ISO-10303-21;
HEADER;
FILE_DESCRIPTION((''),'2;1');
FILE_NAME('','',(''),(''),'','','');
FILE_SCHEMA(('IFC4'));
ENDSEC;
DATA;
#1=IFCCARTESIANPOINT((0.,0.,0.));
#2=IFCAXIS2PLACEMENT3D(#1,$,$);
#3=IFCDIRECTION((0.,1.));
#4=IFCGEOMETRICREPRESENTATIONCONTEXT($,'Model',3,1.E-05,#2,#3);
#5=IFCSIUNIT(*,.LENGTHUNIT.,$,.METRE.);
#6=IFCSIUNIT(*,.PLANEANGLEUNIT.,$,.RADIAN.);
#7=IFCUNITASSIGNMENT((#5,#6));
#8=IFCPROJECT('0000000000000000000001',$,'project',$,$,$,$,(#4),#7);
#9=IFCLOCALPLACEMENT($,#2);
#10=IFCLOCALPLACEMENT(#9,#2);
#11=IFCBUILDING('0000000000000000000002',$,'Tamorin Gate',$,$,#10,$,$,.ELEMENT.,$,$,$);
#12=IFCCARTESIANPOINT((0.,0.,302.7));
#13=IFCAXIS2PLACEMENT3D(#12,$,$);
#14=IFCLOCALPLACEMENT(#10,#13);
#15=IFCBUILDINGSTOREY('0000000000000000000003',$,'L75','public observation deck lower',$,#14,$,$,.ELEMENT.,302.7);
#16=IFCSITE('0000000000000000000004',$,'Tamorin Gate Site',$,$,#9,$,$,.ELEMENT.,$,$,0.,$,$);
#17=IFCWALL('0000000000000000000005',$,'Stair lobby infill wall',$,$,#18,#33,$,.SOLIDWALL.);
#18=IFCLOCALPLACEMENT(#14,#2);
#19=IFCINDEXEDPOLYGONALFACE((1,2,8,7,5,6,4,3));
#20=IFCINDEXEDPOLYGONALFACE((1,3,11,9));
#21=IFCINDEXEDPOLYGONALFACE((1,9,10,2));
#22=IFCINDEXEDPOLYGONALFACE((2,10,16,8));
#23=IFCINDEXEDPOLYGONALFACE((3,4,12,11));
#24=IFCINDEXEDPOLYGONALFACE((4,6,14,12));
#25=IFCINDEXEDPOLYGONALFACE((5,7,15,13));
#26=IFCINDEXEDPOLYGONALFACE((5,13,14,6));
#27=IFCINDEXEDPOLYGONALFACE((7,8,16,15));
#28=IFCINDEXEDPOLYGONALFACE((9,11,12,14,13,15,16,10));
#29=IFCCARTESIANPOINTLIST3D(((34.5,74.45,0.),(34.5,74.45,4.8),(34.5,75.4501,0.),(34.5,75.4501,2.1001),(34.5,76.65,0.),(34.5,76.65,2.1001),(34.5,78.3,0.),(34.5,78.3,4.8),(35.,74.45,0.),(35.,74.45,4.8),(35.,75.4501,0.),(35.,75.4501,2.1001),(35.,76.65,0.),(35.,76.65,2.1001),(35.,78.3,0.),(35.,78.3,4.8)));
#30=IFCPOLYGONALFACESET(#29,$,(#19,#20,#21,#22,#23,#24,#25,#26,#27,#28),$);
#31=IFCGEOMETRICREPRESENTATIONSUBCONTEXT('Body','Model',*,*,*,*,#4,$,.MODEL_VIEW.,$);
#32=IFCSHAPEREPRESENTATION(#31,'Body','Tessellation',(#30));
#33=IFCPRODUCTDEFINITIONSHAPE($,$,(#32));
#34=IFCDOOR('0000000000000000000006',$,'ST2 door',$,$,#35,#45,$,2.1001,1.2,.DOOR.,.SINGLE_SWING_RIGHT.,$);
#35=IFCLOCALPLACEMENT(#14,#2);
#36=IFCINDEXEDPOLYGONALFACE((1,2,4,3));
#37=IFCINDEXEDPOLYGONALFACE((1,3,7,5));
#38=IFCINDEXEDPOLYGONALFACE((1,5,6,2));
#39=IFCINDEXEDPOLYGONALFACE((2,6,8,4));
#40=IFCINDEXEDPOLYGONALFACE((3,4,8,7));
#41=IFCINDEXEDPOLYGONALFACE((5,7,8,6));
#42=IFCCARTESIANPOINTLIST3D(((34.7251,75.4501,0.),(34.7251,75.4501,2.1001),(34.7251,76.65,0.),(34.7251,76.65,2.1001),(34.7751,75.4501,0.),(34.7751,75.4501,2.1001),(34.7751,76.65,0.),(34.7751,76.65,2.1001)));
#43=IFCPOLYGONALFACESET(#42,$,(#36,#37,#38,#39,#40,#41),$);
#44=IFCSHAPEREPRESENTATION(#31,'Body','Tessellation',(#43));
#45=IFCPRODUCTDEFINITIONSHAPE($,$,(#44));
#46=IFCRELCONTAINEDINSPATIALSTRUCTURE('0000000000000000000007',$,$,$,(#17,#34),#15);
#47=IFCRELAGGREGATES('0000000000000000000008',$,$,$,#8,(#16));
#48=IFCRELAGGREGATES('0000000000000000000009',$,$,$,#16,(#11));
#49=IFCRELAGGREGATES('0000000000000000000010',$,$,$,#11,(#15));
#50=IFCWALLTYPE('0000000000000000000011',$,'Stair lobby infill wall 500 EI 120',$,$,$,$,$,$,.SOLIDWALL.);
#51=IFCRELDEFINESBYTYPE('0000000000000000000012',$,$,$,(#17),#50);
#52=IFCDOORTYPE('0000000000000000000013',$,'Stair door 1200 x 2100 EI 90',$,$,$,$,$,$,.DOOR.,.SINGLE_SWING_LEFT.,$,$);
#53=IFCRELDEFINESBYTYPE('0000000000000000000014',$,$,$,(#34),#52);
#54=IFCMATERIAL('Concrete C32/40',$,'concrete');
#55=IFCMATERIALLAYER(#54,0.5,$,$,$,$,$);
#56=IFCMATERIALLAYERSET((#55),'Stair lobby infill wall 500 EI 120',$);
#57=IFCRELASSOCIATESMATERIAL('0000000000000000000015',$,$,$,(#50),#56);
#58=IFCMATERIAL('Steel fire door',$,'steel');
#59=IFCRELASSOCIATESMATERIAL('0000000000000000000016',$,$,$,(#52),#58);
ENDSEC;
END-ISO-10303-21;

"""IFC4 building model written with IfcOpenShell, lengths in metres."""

from ifc_helpers import new_model, si_unit, direction, frame, frame_2d, origin, place, context, subcontext, project, spatial, rectangle, extrude, material, layer, layer_set, type_object, element, fill, save


model = new_model("IFC4")

# Units and contexts
model_context = context("Model", 3, precision=1e-05, world=origin(), true_north=direction((0.0, 1.0)))
body_context = subcontext(model_context, "Body", "Model", "MODEL_VIEW")
ifc_project = project(units=[si_unit("LENGTHUNIT", "METRE"), si_unit("PLANEANGLEUNIT", "RADIAN")], contexts=[model_context])

# Site, building, storey
site_placement = place(None, origin())
site = spatial("IfcSite", under=ifc_project, at=site_placement, Name="Tamorin Gate Site", CompositionType="ELEMENT", RefElevation=0.0)
building_placement = place(site_placement, origin())
building = spatial("IfcBuilding", under=site, at=building_placement, Name="Tamorin Gate", CompositionType="ELEMENT")
storey_placement = place(building_placement, frame((0.0, 0.0, 302.7)))
storey = spatial("IfcBuildingStorey", under=building, at=storey_placement, Name="L75", Description="public observation deck lower", CompositionType="ELEMENT", Elevation=302.7)

# Wall, opening, door
ifc_material_1 = material(Name="Steel fire door", Category="steel")
ifc_material_2 = material(Name="Concrete C32/40", Category="concrete")
ifc_layer_1 = layer(ifc_material_2, 0.5)
ifc_layer_set_1 = layer_set([ifc_layer_1], Name="Stair lobby infill wall 500 EI 120")
wall_type_1 = type_object("IfcWallType", Name="Stair lobby infill wall 500 EI 120", PredefinedType="SOLIDWALL", material=ifc_layer_set_1)
wall_1_placement = place(storey_placement, frame((34.75, 74.45, 0.0), z_axis=(0.0, 0.0, 1.0), x_axis=(0.0, 1.0, 0.0)))
wall_1 = element("IfcWall", 1, at=wall_1_placement, inside=storey, type_object=wall_type_1, Name="Stair lobby infill wall", PredefinedType="SOLIDWALL", context=body_context, shape_type="SweptSolid", body=[
    extrude(rectangle(XDim=3.8501, YDim=0.5, at=frame_2d((1.925, 0.0))), origin(), (0.0, 0.0, 1.0), 4.8),
])
opening_1_placement = place(wall_1_placement, frame((1.0, 0.0, 0.0)))
opening_1 = element("IfcOpeningElement", 2, at=opening_1_placement, cuts=wall_1, PredefinedType="OPENING", context=body_context, shape_type="SweptSolid", body=[
    extrude(rectangle(XDim=1.2, YDim=2.1001, at=frame_2d((0.6001, 1.05))), frame((0.0, 0.26, 0.0), z_axis=(0.0, -1.0, 0.0), x_axis=(1.0, 0.0, 0.0)), (0.0, 0.0, 1.0), 0.52),
])
door_type_1 = type_object("IfcDoorType", Name="Stair door 1200 x 2100 EI 90", OperationType="SINGLE_SWING_LEFT", PredefinedType="DOOR", material=ifc_material_1)
door_1_placement = place(opening_1_placement, origin())
door_1 = element("IfcDoor", 3, at=door_1_placement, inside=storey, type_object=door_type_1, Name="ST2 door", OperationType="SINGLE_SWING_RIGHT", OverallHeight=2.1001, OverallWidth=1.2, PredefinedType="DOOR", context=body_context, shape_type="SweptSolid", body=[
    extrude(rectangle(XDim=1.2, YDim=2.1001, at=frame_2d((0.6001, 1.05))), frame((0.0, 0.0249, 0.0), z_axis=(0.0, -1.0, 0.0), x_axis=(1.0, 0.0, 0.0)), (0.0, 0.0, 1.0), 0.05),
])
fill(opening_1, door_1)

save(model, "model.ifc")
